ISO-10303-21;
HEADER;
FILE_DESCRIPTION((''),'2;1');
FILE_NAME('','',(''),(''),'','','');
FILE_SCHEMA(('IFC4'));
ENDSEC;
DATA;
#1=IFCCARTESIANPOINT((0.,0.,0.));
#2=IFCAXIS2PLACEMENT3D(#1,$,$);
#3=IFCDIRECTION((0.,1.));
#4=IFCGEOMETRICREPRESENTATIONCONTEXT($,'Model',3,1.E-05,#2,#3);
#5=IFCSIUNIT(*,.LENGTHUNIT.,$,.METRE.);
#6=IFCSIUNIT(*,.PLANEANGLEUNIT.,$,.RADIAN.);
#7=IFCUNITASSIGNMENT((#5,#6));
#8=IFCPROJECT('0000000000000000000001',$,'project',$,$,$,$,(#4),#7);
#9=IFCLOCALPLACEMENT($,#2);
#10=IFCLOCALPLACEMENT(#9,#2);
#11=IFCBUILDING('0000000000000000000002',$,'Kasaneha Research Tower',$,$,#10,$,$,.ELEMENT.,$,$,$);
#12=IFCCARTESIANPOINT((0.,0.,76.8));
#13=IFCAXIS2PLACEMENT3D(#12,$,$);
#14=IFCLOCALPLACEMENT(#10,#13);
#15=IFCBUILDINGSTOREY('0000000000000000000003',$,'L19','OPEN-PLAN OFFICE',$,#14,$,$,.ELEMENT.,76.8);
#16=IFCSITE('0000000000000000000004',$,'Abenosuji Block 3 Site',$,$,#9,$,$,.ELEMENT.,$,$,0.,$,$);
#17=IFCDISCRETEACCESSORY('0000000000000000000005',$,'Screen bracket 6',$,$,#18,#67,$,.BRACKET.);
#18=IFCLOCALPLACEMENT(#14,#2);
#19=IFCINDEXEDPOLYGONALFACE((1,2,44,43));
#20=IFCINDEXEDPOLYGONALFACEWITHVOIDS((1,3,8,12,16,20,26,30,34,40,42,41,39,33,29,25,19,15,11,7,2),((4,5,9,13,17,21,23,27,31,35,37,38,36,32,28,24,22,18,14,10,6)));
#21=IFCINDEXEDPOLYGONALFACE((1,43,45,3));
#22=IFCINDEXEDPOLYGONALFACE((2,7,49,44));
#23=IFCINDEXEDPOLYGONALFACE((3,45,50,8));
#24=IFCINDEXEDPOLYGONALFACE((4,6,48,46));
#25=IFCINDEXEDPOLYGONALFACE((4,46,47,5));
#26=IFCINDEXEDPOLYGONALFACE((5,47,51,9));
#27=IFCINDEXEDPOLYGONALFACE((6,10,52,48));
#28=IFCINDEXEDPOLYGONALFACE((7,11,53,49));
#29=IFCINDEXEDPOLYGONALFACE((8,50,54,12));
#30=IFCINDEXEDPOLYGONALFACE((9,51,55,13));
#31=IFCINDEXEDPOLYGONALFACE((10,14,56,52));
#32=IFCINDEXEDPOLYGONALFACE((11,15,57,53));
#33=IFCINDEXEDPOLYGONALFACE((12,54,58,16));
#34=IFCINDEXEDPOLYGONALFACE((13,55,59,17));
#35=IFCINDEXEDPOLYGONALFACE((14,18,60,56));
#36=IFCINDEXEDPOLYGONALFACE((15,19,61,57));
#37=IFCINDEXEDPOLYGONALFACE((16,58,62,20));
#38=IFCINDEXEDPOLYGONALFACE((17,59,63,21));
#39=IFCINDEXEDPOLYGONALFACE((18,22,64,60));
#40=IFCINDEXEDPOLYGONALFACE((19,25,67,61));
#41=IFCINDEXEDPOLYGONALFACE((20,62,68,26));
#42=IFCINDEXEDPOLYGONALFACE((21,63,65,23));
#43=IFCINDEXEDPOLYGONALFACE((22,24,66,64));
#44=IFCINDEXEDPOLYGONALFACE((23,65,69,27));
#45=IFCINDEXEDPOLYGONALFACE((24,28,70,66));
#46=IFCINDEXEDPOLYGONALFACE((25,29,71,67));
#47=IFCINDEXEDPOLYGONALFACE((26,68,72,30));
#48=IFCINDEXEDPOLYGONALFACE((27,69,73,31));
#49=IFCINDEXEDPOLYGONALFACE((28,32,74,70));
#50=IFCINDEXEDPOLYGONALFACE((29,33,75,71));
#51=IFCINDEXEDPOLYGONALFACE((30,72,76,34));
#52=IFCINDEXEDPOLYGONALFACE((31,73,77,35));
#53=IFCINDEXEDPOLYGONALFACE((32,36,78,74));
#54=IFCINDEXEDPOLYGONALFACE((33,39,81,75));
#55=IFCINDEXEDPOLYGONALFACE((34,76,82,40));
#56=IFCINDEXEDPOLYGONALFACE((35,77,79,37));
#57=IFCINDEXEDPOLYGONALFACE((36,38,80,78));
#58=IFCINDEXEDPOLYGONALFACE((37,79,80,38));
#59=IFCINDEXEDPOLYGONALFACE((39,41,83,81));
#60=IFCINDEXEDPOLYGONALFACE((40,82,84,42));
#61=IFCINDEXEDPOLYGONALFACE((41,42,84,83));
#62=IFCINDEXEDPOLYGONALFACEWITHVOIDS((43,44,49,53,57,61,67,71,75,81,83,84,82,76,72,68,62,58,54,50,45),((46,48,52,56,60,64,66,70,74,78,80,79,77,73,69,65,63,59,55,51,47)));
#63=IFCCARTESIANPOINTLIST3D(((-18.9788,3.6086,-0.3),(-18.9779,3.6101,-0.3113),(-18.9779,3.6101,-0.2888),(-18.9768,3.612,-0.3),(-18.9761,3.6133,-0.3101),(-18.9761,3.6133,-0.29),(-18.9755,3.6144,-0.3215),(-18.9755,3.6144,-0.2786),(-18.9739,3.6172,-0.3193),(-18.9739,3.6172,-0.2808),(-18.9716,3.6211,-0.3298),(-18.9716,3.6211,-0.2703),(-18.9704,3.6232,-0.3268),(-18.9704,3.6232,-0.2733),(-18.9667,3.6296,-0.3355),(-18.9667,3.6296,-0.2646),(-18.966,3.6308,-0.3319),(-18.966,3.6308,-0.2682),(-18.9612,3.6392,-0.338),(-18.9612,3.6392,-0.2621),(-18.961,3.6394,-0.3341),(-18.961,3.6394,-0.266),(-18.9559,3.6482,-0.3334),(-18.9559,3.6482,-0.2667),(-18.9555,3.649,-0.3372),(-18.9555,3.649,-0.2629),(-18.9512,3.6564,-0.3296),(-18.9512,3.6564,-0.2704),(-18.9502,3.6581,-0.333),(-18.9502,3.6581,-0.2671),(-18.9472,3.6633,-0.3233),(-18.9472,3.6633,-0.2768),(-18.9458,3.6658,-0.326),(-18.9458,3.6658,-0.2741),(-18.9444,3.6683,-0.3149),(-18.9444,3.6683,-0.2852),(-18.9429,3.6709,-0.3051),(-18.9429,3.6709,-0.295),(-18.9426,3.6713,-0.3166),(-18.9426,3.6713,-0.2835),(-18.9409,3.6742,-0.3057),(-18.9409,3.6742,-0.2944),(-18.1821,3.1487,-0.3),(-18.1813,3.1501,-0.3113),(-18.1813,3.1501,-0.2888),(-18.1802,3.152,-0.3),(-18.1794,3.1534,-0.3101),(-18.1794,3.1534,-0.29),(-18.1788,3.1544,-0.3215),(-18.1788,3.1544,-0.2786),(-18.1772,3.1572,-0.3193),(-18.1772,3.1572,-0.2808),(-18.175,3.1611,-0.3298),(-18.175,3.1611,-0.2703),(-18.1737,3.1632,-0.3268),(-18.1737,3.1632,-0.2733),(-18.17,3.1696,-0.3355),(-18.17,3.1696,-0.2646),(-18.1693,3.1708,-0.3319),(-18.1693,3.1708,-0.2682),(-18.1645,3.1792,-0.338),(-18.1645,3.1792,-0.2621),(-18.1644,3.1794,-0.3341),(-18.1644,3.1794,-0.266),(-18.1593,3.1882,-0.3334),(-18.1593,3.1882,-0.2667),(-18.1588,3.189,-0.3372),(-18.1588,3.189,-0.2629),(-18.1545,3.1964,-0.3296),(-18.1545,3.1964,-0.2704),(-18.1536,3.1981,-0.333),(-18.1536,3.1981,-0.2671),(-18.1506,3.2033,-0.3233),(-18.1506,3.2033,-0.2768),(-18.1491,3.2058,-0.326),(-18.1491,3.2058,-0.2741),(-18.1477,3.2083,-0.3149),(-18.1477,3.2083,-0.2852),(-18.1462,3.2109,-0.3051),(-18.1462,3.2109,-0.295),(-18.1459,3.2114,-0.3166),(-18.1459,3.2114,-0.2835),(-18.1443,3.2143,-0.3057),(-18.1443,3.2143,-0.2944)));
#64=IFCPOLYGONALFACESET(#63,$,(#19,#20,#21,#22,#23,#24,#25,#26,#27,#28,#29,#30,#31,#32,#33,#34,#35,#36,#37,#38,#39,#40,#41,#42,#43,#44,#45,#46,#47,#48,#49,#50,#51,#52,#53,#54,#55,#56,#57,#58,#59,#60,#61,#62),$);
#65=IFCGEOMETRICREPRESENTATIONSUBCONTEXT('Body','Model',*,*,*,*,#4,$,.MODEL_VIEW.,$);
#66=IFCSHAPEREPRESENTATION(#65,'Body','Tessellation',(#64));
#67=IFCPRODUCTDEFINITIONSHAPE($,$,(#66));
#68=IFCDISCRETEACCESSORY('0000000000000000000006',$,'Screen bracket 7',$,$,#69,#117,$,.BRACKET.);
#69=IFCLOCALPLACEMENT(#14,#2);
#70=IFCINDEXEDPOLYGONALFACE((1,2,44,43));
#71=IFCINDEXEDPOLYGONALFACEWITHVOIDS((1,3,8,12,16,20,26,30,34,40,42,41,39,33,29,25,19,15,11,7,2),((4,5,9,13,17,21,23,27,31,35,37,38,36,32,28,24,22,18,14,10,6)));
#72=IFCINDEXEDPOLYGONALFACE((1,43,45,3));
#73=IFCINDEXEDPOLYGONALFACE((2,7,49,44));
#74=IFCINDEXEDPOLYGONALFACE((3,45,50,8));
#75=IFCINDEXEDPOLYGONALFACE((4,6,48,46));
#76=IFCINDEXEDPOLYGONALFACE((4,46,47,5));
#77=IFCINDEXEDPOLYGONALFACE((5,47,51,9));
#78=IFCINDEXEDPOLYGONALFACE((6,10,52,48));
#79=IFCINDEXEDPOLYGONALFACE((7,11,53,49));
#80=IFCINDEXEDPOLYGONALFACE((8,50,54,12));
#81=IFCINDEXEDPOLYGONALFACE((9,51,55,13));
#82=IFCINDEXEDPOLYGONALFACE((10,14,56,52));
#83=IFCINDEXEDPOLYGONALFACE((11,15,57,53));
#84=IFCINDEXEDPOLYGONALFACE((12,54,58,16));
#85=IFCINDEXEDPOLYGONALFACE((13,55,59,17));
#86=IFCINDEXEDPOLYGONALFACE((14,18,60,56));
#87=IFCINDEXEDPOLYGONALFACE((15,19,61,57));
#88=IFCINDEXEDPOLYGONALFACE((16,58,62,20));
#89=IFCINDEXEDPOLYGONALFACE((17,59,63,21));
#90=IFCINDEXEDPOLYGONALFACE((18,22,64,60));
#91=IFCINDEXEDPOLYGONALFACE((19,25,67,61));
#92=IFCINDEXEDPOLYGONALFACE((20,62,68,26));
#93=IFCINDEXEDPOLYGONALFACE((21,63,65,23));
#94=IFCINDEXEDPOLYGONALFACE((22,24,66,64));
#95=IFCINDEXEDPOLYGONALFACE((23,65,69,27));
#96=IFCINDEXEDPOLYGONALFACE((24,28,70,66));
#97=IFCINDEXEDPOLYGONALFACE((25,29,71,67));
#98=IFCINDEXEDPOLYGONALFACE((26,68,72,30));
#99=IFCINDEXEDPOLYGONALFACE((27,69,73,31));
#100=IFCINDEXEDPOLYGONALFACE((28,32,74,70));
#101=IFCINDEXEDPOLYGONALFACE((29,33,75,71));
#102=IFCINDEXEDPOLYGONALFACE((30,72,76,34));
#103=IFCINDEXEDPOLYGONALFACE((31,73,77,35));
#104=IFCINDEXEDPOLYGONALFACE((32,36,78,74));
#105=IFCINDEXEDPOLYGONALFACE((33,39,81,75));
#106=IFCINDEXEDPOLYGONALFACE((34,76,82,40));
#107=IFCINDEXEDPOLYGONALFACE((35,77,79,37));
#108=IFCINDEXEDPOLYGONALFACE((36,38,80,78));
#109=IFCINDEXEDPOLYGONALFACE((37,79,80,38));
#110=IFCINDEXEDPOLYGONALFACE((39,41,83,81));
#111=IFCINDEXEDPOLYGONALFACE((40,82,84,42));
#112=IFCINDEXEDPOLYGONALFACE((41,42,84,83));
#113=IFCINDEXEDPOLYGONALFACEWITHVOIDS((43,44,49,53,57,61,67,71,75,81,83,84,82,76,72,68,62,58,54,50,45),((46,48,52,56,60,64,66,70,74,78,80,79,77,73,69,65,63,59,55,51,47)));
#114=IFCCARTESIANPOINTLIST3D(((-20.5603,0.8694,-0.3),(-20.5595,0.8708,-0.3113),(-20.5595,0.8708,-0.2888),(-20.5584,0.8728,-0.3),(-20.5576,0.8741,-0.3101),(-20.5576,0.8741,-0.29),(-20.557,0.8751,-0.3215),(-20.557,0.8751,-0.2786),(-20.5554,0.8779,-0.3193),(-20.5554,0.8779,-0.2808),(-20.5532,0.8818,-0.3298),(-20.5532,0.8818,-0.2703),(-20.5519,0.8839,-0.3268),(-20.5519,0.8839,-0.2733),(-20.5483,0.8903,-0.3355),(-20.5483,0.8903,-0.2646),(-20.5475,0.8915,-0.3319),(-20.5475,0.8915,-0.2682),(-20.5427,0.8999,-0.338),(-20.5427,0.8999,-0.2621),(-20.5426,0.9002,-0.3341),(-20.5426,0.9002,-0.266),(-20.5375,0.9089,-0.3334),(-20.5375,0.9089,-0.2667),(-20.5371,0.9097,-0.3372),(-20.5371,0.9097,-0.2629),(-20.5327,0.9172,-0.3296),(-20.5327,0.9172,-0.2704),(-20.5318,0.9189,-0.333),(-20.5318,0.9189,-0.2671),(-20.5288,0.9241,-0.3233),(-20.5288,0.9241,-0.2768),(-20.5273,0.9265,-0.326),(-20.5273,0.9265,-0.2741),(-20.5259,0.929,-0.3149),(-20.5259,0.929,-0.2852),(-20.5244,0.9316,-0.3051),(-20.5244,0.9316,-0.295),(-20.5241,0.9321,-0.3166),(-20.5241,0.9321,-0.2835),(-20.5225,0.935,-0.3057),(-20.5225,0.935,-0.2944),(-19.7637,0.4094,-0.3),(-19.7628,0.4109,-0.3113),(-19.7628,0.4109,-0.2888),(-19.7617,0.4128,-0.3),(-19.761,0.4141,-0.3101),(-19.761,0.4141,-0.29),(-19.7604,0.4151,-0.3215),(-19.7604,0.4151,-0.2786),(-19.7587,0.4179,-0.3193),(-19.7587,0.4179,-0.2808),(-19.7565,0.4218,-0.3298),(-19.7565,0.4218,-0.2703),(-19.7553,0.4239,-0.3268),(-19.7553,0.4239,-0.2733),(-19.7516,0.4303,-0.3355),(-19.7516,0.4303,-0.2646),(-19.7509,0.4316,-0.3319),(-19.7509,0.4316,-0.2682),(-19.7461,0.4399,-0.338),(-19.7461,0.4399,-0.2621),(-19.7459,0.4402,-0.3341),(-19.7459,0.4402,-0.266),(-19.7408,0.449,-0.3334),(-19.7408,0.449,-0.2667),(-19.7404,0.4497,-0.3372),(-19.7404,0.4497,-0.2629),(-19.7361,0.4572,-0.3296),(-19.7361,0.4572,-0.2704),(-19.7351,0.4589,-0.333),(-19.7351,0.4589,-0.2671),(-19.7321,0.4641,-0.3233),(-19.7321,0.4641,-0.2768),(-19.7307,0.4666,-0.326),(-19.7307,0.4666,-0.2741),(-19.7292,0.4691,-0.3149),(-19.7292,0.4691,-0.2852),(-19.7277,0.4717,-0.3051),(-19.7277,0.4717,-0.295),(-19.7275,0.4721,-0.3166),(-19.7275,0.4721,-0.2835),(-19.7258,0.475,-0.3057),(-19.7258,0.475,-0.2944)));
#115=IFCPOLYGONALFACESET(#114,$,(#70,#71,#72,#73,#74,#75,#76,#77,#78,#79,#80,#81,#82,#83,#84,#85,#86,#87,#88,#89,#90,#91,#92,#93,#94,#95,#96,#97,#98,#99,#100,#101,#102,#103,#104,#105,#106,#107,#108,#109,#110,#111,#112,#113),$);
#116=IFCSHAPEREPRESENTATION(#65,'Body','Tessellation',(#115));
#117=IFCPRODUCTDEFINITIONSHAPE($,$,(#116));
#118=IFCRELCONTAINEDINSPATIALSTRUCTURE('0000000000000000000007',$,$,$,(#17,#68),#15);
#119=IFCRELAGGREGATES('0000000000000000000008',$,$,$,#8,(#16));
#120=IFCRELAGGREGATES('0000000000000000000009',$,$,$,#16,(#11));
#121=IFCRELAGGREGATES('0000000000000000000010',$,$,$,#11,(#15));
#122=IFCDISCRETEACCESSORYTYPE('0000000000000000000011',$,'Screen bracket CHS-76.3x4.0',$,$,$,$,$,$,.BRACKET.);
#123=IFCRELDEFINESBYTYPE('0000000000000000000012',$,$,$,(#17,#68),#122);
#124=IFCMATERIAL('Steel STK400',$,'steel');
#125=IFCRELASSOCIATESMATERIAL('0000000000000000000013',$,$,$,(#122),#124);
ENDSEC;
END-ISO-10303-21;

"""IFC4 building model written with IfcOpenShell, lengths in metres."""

from ifc_helpers import new_model, si_unit, direction, frame, origin, origin_2d, place, context, subcontext, project, spatial, hollow_circle, extrude, material, material_profile, profile_set, type_object, element, save


model = new_model("IFC4")

# Units and contexts
model_context = context("Model", 3, precision=1e-05, world=origin(), true_north=direction((0.0, 1.0)))
body_context = subcontext(model_context, "Body", "Model", "MODEL_VIEW")
ifc_project = project(units=[si_unit("LENGTHUNIT", "METRE"), si_unit("PLANEANGLEUNIT", "RADIAN")], contexts=[model_context])

# Site, building, storey
site_placement = place(None, origin())
site = spatial("IfcSite", under=ifc_project, at=site_placement, Name="Abenosuji Block 3 Site", CompositionType="ELEMENT", RefElevation=0.0)
building_placement = place(site_placement, origin())
building = spatial("IfcBuilding", under=site, at=building_placement, Name="Kasaneha Research Tower", CompositionType="ELEMENT")
storey_placement = place(building_placement, frame((0.0, 0.0, 76.8)))
storey = spatial("IfcBuildingStorey", under=building, at=storey_placement, Name="L19", Description="OPEN-PLAN OFFICE", CompositionType="ELEMENT", Elevation=76.8)

# Discrete accessories
ifc_material_1 = material(Name="Steel STK400", Category="steel")
ifc_material_profile_1 = material_profile(ifc_material_1, hollow_circle(Radius=0.0381, WallThickness=0.0039, at=origin_2d()), Name="CHS-76.3x4.0")
ifc_profile_set_1 = profile_set([ifc_material_profile_1], Name="Steel STK400")
discrete_accessory_type = type_object("IfcDiscreteAccessoryType", Name="Screen bracket CHS-76.3x4.0", PredefinedType="BRACKET", material=ifc_profile_set_1)
for number, where, z_axis, x_axis, name in (
    (1, (-18.1631, 3.1816, -0.3), (-0.866013, 0.500021, 0.0), (-0.500021, -0.866013, 0.0), "Screen bracket 6"),
    (2, (-19.7446, 0.4424, -0.3), (-0.866013, 0.500021, 0.0), (-0.500021, -0.866013, 0.0), "Screen bracket 7"),
):
    element("IfcDiscreteAccessory", number, at=place(storey_placement, frame(where, z_axis=z_axis, x_axis=x_axis)), inside=storey, type_object=discrete_accessory_type, Name=name, PredefinedType="BRACKET", context=body_context, shape_type="SweptSolid", body=[
        extrude(hollow_circle(Radius=0.0381, WallThickness=0.0039, at=origin_2d()), origin(), (0.0, 0.0, 1.0), 0.9199),
    ])

save(model, "model.ifc")
